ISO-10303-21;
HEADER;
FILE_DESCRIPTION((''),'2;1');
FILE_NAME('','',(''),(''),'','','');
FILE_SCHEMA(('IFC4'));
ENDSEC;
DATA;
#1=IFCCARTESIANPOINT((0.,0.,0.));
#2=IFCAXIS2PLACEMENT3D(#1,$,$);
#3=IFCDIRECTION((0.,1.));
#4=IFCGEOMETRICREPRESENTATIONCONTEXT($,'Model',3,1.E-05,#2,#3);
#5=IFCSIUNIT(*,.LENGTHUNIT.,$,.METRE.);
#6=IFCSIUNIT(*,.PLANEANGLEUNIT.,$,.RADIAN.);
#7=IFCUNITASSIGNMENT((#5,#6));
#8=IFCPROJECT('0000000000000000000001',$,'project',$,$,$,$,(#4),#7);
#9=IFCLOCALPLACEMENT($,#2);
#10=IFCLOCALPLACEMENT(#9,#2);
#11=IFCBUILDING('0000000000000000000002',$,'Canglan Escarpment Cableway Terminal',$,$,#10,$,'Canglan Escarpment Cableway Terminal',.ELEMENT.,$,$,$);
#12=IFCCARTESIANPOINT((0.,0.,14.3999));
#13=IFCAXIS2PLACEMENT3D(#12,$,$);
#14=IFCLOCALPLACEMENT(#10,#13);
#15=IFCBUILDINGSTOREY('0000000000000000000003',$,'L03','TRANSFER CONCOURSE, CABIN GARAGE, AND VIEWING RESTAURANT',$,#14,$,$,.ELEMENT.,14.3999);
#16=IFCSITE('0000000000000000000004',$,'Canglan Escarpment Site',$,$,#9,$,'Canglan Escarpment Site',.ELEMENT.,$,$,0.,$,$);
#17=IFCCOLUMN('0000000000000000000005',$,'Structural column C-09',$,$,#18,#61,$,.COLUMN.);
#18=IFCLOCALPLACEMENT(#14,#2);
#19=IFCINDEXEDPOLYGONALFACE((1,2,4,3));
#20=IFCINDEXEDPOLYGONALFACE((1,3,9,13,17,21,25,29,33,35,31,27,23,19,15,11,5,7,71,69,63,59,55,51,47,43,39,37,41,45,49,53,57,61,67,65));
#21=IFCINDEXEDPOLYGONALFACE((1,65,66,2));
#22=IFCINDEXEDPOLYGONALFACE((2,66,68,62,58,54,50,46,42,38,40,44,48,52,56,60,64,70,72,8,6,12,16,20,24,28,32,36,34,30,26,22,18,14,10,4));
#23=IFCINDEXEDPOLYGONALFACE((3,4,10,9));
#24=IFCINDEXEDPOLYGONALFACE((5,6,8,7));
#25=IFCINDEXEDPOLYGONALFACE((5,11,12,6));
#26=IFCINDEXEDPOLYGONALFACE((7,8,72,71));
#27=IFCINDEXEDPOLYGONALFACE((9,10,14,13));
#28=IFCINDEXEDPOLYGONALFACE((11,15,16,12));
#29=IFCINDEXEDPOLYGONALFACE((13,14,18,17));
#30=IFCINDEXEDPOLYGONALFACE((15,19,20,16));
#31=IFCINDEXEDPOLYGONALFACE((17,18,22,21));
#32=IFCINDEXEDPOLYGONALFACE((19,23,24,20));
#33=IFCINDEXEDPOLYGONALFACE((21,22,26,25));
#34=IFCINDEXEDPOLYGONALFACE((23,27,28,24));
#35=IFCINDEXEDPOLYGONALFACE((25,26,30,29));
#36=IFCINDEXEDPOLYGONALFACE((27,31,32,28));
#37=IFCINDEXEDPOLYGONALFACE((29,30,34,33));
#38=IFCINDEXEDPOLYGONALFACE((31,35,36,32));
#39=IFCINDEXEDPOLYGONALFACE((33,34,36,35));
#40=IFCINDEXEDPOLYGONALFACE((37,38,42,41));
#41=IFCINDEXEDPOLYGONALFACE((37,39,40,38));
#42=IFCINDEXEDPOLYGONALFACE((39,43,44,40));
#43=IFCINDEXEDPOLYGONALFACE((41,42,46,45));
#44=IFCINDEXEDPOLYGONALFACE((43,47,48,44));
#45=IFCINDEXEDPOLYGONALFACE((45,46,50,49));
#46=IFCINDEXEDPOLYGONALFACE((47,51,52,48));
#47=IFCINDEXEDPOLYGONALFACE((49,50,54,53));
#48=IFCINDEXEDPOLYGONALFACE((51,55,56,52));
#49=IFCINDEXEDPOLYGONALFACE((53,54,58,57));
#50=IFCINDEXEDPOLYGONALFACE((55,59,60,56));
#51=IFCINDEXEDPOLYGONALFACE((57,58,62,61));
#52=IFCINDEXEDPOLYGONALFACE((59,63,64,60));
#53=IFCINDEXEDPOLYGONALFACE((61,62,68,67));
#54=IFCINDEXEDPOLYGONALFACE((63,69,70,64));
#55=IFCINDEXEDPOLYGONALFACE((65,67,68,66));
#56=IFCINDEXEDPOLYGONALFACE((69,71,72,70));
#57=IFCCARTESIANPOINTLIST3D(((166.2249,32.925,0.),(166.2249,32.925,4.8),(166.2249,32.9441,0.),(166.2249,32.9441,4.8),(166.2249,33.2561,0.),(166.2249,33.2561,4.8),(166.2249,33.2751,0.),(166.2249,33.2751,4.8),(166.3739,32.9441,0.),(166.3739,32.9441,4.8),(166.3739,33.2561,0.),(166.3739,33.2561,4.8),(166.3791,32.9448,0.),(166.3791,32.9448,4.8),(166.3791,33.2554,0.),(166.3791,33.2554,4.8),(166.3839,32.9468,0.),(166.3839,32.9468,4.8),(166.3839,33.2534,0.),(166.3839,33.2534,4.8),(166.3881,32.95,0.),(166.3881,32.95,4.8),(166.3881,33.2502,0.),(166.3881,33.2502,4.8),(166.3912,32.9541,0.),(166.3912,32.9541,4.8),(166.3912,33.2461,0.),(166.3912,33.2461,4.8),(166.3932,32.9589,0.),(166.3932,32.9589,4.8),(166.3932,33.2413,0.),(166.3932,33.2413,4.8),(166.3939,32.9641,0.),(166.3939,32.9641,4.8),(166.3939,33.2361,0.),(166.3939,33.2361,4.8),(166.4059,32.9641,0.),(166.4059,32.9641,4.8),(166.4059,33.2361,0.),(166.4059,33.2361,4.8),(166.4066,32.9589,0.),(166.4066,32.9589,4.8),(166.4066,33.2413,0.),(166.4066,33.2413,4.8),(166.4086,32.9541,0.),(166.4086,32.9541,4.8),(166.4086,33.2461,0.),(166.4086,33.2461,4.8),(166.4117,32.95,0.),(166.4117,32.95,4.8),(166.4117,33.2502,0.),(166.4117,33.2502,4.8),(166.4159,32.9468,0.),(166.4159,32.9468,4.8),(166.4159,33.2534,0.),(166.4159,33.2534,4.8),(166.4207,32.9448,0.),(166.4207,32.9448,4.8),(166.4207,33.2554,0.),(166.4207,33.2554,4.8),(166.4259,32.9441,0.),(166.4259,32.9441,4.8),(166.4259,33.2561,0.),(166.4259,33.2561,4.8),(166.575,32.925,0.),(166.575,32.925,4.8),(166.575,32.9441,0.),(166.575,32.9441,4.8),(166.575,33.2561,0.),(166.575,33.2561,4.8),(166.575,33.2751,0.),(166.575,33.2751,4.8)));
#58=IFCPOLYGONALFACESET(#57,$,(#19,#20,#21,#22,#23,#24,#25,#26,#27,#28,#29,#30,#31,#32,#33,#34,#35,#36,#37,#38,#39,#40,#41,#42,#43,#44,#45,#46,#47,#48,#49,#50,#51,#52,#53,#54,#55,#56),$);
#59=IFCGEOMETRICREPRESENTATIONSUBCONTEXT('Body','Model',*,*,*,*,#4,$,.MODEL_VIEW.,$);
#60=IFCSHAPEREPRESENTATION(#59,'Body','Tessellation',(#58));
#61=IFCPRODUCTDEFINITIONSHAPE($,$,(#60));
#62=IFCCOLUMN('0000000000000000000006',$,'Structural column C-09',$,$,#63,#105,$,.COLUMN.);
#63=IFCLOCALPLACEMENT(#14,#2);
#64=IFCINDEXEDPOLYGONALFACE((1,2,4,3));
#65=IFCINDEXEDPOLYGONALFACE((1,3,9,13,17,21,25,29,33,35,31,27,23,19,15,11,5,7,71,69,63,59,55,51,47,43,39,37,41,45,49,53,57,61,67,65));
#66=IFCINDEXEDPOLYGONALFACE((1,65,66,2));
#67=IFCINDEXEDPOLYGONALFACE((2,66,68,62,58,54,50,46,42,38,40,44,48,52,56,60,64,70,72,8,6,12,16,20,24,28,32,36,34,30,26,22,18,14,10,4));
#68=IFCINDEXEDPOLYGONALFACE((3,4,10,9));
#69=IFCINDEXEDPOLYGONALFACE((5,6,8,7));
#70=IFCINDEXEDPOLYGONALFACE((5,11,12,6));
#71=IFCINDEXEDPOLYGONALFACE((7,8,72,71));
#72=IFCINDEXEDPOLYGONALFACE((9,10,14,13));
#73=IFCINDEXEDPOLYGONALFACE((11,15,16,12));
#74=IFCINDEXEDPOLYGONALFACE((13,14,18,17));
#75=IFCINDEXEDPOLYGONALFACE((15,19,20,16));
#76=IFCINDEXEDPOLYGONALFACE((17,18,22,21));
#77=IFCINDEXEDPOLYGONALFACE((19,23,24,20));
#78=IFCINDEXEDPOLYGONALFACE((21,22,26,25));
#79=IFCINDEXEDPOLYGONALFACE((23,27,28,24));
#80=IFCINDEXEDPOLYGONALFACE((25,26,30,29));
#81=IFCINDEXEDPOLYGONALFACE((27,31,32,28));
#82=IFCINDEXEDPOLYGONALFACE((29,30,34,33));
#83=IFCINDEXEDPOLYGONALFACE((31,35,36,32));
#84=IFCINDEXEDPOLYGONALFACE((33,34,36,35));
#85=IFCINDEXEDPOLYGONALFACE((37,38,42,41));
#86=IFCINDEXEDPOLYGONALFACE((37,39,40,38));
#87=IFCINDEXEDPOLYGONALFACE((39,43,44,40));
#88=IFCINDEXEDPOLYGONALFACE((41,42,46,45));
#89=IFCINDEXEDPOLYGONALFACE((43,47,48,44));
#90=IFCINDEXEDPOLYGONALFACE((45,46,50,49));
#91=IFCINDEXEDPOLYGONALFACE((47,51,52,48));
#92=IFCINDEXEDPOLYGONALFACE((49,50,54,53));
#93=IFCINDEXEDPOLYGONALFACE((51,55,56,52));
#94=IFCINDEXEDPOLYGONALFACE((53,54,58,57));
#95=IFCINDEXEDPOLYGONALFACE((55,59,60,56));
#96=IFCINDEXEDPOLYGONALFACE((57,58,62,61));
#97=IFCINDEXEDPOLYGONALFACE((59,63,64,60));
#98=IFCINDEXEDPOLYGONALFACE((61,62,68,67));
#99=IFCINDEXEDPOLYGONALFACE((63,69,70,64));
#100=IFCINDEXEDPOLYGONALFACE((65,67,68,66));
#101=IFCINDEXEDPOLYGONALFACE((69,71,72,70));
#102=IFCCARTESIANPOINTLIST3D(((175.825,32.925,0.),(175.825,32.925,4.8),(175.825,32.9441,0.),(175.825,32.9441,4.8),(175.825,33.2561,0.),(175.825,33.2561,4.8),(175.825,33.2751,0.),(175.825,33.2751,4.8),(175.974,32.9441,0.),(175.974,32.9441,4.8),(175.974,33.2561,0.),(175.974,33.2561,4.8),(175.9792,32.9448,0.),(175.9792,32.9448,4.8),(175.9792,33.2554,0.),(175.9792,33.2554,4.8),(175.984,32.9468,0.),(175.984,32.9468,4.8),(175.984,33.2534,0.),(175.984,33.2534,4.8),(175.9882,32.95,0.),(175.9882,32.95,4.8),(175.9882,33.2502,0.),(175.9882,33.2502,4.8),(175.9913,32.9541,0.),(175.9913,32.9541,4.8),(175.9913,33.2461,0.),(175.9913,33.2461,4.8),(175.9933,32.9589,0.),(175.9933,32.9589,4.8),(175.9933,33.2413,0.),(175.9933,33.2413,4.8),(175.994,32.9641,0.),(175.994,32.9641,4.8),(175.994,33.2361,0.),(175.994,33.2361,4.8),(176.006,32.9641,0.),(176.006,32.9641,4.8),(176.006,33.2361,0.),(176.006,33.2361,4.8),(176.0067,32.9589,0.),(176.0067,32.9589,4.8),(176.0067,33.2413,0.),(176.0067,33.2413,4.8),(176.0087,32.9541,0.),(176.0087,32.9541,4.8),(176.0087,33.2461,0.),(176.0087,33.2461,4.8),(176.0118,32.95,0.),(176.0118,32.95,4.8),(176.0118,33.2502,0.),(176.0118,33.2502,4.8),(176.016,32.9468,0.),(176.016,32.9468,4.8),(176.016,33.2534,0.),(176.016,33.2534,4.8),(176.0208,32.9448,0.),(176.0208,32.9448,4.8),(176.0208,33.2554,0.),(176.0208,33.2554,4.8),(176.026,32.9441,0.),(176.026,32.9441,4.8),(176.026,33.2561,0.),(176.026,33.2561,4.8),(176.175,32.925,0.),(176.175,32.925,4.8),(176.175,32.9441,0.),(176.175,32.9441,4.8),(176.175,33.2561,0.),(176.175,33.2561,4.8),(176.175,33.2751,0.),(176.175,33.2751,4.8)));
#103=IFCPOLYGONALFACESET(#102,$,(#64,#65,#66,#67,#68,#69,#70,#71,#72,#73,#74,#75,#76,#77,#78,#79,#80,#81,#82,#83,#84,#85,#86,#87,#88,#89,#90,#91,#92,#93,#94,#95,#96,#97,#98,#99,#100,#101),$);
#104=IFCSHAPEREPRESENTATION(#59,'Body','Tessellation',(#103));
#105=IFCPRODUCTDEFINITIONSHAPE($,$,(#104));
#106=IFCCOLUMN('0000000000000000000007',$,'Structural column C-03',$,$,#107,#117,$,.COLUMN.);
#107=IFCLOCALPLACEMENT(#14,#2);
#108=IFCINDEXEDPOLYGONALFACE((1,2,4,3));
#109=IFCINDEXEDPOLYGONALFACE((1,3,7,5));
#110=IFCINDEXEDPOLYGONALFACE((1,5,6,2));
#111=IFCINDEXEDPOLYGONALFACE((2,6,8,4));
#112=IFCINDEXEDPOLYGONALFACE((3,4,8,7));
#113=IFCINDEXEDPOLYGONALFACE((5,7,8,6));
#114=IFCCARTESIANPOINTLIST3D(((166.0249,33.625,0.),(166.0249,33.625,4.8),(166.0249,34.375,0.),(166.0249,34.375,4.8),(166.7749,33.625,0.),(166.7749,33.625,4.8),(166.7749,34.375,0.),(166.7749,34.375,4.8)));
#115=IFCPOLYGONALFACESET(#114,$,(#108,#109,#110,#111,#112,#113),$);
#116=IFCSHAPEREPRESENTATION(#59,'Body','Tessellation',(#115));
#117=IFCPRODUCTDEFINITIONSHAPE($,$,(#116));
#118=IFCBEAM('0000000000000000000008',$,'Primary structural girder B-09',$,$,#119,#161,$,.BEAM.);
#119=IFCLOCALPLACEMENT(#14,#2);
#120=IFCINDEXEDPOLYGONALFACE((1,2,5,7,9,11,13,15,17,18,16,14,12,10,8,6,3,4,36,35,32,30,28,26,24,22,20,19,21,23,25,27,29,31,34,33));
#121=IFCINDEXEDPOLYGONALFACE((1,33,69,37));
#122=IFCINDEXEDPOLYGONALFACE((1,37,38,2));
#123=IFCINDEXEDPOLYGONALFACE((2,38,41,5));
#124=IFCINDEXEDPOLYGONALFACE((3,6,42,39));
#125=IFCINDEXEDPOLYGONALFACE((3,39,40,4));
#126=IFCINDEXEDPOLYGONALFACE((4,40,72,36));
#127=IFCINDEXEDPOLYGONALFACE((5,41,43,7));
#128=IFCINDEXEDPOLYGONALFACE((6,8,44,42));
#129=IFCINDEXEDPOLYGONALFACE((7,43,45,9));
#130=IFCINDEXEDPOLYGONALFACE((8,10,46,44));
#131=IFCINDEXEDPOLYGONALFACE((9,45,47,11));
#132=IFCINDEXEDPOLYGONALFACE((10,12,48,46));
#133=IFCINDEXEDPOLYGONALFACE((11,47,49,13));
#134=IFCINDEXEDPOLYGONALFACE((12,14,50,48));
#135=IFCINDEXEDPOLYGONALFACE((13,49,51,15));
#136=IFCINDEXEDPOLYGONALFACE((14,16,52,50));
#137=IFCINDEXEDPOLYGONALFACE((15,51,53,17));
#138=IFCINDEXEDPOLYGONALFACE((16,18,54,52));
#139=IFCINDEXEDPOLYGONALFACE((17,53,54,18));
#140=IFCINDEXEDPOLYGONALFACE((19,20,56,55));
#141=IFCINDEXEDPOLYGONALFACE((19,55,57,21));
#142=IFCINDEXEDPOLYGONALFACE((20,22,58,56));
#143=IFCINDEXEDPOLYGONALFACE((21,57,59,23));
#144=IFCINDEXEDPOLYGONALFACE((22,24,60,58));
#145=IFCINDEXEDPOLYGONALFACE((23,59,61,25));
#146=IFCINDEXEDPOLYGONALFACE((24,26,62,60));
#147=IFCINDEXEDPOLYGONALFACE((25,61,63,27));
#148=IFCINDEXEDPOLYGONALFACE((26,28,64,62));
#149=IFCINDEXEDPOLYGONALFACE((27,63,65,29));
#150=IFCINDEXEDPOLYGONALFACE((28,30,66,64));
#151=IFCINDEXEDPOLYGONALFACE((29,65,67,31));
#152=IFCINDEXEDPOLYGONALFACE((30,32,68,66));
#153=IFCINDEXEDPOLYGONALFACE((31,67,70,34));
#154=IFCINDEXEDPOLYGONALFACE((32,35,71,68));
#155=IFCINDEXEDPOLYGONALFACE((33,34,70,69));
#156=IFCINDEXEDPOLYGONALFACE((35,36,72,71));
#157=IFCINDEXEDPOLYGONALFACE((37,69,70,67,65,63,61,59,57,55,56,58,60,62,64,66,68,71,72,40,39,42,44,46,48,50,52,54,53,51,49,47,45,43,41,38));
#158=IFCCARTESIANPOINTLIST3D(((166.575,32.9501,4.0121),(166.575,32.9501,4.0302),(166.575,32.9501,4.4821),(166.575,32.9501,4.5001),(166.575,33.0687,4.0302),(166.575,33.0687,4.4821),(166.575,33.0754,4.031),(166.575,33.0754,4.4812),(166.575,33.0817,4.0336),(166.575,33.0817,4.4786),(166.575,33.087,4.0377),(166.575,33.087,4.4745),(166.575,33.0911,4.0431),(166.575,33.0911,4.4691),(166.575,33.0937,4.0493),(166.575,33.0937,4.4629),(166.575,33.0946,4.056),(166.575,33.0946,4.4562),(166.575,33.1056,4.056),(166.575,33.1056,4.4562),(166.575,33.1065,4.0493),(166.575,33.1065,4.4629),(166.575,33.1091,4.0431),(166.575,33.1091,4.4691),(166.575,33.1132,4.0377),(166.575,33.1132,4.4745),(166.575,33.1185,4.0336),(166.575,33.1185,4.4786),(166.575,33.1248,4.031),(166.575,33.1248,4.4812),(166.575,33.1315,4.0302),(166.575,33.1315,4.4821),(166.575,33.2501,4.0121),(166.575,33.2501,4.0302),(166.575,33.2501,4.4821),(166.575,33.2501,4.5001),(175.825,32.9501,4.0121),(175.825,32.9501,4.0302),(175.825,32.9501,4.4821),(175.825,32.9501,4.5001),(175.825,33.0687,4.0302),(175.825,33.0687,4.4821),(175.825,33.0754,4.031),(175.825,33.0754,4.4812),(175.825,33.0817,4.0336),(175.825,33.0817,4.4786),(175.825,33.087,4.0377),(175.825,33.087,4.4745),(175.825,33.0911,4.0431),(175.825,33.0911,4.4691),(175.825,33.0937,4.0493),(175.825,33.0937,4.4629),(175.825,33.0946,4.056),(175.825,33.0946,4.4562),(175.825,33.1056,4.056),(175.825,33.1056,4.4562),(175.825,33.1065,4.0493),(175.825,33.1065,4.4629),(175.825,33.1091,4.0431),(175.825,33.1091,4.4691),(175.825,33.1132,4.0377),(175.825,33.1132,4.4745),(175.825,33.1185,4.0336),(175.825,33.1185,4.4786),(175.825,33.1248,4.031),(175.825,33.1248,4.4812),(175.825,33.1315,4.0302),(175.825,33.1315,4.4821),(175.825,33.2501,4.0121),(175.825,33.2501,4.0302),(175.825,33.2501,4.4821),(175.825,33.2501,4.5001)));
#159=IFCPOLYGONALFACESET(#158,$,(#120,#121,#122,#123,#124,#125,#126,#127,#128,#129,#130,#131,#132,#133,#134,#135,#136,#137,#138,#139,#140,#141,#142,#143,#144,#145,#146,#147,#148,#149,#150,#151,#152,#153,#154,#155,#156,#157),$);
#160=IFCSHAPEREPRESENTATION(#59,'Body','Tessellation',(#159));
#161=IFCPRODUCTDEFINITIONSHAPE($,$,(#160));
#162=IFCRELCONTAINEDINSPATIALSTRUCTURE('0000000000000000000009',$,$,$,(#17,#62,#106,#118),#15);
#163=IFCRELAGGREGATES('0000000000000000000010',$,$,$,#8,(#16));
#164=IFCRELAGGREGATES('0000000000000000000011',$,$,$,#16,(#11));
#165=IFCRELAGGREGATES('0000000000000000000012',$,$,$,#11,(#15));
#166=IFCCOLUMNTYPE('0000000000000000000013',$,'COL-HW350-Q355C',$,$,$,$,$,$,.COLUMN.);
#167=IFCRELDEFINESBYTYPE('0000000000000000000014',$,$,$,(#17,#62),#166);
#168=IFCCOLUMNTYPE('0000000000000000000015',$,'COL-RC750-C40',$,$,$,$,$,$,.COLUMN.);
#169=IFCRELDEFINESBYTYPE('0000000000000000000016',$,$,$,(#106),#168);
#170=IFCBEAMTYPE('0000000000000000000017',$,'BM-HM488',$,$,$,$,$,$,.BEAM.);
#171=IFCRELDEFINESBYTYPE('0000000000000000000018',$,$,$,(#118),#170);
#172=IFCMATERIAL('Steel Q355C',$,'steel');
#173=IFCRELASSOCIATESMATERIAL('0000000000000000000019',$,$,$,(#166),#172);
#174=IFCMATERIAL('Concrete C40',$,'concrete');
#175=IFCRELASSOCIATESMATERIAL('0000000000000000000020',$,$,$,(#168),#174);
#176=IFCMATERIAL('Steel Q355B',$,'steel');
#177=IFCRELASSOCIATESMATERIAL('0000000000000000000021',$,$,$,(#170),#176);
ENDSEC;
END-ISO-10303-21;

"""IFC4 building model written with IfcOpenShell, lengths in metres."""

from ifc_helpers import new_model, si_unit, direction, frame, origin, origin_2d, place, context, subcontext, project, spatial, rectangle, i_section, extrude, material, material_profile, profile_set, type_object, element, save


model = new_model("IFC4")

# Units and contexts
model_context = context("Model", 3, precision=1e-05, world=origin(), true_north=direction((0.0, 1.0)))
body_context = subcontext(model_context, "Body", "Model", "MODEL_VIEW")
ifc_project = project(units=[si_unit("LENGTHUNIT", "METRE"), si_unit("PLANEANGLEUNIT", "RADIAN")], contexts=[model_context])

# Site, building, storey
site_placement = place(None, origin())
site = spatial("IfcSite", under=ifc_project, at=site_placement, Name="Canglan Escarpment Site", LongName="Canglan Escarpment Site", CompositionType="ELEMENT", RefElevation=0.0)
building_placement = place(site_placement, origin())
building = spatial("IfcBuilding", under=site, at=building_placement, Name="Canglan Escarpment Cableway Terminal", LongName="Canglan Escarpment Cableway Terminal", CompositionType="ELEMENT")
storey_placement = place(building_placement, frame((0.0, 0.0, 14.3999)))
storey = spatial("IfcBuildingStorey", under=building, at=storey_placement, Name="L03", Description="TRANSFER CONCOURSE, CABIN GARAGE, AND VIEWING RESTAURANT", CompositionType="ELEMENT", Elevation=14.3999)

# Columns
ifc_material_1 = material(Name="Steel Q355C", Category="steel")
ifc_material_profile_1 = material_profile(ifc_material_1, i_section(OverallWidth=0.3501, OverallDepth=0.3501, WebThickness=0.012, FlangeThickness=0.019, FilletRadius=0.02, at=origin_2d()), Name="HW 350x350x12x19")
ifc_profile_set_1 = profile_set([ifc_material_profile_1], Name="Steel Q355C")
column_type_1 = type_object("IfcColumnType", Name="COL-HW350-Q355C", PredefinedType="COLUMN", material=ifc_profile_set_1)
for number, where, z_axis, x_axis, name in (
    (1, (166.3999, 33.1001, 0.0), (0.0, 0.0, 1.0), (1.0, 0.0, 0.0), "Structural column C-09"),
    (2, (176.0, 33.1001, 0.0), (0.0, 0.0, 1.0), (1.0, 0.0, 0.0), "Structural column C-09"),
):
    element("IfcColumn", number, at=place(storey_placement, frame(where, z_axis=z_axis, x_axis=x_axis)), inside=storey, type_object=column_type_1, Name=name, PredefinedType="COLUMN", context=body_context, shape_type="SweptSolid", body=[
        extrude(i_section(OverallWidth=0.3501, OverallDepth=0.3501, WebThickness=0.012, FlangeThickness=0.019, FilletRadius=0.02, at=origin_2d()), origin(), (0.0, 0.0, 1.0), 4.8),
    ])
ifc_material_2 = material(Name="Concrete C40", Category="concrete")
ifc_material_profile_2 = material_profile(ifc_material_2, rectangle(XDim=0.75, YDim=0.75, at=origin_2d()), Name="RC 750x750")
ifc_profile_set_2 = profile_set([ifc_material_profile_2], Name="Concrete C40")
column_type_2 = type_object("IfcColumnType", Name="COL-RC750-C40", PredefinedType="COLUMN", material=ifc_profile_set_2)
column_placement = place(storey_placement, frame((166.3999, 34.0, 0.0), z_axis=(0.0, 0.0, 1.0), x_axis=(1.0, 0.0, 0.0)))
element("IfcColumn", 3, at=column_placement, inside=storey, type_object=column_type_2, Name="Structural column C-03", PredefinedType="COLUMN", context=body_context, shape_type="SweptSolid", body=[
    extrude(rectangle(XDim=0.75, YDim=0.75, at=origin_2d()), origin(), (0.0, 0.0, 1.0), 4.8),
])

# Beam
ifc_material_3 = material(Name="Steel Q355B", Category="steel")
ifc_material_profile_3 = material_profile(ifc_material_3, i_section(OverallWidth=0.3, OverallDepth=0.488, WebThickness=0.011, FlangeThickness=0.0181, FilletRadius=0.0259, at=origin_2d()), Name="HM 488x300x11x18")
ifc_profile_set_3 = profile_set([ifc_material_profile_3], Name="Steel Q355B")
beam_type_1 = type_object("IfcBeamType", Name="BM-HM488", PredefinedType="BEAM", material=ifc_profile_set_3)
beam_1_placement = place(storey_placement, frame((166.575, 33.1001, 4.2561), z_axis=(1.0, 0.0, 0.0), x_axis=(0.0, 1.0, 0.0)))
element("IfcBeam", 4, at=beam_1_placement, inside=storey, type_object=beam_type_1, Name="Primary structural girder B-09", PredefinedType="BEAM", context=body_context, shape_type="SweptSolid", body=[
    extrude(i_section(OverallWidth=0.3, OverallDepth=0.488, WebThickness=0.011, FlangeThickness=0.0181, FilletRadius=0.0259, at=origin_2d()), origin(), (0.0, 0.0, 1.0), 9.25),
])

save(model, "model.ifc")
